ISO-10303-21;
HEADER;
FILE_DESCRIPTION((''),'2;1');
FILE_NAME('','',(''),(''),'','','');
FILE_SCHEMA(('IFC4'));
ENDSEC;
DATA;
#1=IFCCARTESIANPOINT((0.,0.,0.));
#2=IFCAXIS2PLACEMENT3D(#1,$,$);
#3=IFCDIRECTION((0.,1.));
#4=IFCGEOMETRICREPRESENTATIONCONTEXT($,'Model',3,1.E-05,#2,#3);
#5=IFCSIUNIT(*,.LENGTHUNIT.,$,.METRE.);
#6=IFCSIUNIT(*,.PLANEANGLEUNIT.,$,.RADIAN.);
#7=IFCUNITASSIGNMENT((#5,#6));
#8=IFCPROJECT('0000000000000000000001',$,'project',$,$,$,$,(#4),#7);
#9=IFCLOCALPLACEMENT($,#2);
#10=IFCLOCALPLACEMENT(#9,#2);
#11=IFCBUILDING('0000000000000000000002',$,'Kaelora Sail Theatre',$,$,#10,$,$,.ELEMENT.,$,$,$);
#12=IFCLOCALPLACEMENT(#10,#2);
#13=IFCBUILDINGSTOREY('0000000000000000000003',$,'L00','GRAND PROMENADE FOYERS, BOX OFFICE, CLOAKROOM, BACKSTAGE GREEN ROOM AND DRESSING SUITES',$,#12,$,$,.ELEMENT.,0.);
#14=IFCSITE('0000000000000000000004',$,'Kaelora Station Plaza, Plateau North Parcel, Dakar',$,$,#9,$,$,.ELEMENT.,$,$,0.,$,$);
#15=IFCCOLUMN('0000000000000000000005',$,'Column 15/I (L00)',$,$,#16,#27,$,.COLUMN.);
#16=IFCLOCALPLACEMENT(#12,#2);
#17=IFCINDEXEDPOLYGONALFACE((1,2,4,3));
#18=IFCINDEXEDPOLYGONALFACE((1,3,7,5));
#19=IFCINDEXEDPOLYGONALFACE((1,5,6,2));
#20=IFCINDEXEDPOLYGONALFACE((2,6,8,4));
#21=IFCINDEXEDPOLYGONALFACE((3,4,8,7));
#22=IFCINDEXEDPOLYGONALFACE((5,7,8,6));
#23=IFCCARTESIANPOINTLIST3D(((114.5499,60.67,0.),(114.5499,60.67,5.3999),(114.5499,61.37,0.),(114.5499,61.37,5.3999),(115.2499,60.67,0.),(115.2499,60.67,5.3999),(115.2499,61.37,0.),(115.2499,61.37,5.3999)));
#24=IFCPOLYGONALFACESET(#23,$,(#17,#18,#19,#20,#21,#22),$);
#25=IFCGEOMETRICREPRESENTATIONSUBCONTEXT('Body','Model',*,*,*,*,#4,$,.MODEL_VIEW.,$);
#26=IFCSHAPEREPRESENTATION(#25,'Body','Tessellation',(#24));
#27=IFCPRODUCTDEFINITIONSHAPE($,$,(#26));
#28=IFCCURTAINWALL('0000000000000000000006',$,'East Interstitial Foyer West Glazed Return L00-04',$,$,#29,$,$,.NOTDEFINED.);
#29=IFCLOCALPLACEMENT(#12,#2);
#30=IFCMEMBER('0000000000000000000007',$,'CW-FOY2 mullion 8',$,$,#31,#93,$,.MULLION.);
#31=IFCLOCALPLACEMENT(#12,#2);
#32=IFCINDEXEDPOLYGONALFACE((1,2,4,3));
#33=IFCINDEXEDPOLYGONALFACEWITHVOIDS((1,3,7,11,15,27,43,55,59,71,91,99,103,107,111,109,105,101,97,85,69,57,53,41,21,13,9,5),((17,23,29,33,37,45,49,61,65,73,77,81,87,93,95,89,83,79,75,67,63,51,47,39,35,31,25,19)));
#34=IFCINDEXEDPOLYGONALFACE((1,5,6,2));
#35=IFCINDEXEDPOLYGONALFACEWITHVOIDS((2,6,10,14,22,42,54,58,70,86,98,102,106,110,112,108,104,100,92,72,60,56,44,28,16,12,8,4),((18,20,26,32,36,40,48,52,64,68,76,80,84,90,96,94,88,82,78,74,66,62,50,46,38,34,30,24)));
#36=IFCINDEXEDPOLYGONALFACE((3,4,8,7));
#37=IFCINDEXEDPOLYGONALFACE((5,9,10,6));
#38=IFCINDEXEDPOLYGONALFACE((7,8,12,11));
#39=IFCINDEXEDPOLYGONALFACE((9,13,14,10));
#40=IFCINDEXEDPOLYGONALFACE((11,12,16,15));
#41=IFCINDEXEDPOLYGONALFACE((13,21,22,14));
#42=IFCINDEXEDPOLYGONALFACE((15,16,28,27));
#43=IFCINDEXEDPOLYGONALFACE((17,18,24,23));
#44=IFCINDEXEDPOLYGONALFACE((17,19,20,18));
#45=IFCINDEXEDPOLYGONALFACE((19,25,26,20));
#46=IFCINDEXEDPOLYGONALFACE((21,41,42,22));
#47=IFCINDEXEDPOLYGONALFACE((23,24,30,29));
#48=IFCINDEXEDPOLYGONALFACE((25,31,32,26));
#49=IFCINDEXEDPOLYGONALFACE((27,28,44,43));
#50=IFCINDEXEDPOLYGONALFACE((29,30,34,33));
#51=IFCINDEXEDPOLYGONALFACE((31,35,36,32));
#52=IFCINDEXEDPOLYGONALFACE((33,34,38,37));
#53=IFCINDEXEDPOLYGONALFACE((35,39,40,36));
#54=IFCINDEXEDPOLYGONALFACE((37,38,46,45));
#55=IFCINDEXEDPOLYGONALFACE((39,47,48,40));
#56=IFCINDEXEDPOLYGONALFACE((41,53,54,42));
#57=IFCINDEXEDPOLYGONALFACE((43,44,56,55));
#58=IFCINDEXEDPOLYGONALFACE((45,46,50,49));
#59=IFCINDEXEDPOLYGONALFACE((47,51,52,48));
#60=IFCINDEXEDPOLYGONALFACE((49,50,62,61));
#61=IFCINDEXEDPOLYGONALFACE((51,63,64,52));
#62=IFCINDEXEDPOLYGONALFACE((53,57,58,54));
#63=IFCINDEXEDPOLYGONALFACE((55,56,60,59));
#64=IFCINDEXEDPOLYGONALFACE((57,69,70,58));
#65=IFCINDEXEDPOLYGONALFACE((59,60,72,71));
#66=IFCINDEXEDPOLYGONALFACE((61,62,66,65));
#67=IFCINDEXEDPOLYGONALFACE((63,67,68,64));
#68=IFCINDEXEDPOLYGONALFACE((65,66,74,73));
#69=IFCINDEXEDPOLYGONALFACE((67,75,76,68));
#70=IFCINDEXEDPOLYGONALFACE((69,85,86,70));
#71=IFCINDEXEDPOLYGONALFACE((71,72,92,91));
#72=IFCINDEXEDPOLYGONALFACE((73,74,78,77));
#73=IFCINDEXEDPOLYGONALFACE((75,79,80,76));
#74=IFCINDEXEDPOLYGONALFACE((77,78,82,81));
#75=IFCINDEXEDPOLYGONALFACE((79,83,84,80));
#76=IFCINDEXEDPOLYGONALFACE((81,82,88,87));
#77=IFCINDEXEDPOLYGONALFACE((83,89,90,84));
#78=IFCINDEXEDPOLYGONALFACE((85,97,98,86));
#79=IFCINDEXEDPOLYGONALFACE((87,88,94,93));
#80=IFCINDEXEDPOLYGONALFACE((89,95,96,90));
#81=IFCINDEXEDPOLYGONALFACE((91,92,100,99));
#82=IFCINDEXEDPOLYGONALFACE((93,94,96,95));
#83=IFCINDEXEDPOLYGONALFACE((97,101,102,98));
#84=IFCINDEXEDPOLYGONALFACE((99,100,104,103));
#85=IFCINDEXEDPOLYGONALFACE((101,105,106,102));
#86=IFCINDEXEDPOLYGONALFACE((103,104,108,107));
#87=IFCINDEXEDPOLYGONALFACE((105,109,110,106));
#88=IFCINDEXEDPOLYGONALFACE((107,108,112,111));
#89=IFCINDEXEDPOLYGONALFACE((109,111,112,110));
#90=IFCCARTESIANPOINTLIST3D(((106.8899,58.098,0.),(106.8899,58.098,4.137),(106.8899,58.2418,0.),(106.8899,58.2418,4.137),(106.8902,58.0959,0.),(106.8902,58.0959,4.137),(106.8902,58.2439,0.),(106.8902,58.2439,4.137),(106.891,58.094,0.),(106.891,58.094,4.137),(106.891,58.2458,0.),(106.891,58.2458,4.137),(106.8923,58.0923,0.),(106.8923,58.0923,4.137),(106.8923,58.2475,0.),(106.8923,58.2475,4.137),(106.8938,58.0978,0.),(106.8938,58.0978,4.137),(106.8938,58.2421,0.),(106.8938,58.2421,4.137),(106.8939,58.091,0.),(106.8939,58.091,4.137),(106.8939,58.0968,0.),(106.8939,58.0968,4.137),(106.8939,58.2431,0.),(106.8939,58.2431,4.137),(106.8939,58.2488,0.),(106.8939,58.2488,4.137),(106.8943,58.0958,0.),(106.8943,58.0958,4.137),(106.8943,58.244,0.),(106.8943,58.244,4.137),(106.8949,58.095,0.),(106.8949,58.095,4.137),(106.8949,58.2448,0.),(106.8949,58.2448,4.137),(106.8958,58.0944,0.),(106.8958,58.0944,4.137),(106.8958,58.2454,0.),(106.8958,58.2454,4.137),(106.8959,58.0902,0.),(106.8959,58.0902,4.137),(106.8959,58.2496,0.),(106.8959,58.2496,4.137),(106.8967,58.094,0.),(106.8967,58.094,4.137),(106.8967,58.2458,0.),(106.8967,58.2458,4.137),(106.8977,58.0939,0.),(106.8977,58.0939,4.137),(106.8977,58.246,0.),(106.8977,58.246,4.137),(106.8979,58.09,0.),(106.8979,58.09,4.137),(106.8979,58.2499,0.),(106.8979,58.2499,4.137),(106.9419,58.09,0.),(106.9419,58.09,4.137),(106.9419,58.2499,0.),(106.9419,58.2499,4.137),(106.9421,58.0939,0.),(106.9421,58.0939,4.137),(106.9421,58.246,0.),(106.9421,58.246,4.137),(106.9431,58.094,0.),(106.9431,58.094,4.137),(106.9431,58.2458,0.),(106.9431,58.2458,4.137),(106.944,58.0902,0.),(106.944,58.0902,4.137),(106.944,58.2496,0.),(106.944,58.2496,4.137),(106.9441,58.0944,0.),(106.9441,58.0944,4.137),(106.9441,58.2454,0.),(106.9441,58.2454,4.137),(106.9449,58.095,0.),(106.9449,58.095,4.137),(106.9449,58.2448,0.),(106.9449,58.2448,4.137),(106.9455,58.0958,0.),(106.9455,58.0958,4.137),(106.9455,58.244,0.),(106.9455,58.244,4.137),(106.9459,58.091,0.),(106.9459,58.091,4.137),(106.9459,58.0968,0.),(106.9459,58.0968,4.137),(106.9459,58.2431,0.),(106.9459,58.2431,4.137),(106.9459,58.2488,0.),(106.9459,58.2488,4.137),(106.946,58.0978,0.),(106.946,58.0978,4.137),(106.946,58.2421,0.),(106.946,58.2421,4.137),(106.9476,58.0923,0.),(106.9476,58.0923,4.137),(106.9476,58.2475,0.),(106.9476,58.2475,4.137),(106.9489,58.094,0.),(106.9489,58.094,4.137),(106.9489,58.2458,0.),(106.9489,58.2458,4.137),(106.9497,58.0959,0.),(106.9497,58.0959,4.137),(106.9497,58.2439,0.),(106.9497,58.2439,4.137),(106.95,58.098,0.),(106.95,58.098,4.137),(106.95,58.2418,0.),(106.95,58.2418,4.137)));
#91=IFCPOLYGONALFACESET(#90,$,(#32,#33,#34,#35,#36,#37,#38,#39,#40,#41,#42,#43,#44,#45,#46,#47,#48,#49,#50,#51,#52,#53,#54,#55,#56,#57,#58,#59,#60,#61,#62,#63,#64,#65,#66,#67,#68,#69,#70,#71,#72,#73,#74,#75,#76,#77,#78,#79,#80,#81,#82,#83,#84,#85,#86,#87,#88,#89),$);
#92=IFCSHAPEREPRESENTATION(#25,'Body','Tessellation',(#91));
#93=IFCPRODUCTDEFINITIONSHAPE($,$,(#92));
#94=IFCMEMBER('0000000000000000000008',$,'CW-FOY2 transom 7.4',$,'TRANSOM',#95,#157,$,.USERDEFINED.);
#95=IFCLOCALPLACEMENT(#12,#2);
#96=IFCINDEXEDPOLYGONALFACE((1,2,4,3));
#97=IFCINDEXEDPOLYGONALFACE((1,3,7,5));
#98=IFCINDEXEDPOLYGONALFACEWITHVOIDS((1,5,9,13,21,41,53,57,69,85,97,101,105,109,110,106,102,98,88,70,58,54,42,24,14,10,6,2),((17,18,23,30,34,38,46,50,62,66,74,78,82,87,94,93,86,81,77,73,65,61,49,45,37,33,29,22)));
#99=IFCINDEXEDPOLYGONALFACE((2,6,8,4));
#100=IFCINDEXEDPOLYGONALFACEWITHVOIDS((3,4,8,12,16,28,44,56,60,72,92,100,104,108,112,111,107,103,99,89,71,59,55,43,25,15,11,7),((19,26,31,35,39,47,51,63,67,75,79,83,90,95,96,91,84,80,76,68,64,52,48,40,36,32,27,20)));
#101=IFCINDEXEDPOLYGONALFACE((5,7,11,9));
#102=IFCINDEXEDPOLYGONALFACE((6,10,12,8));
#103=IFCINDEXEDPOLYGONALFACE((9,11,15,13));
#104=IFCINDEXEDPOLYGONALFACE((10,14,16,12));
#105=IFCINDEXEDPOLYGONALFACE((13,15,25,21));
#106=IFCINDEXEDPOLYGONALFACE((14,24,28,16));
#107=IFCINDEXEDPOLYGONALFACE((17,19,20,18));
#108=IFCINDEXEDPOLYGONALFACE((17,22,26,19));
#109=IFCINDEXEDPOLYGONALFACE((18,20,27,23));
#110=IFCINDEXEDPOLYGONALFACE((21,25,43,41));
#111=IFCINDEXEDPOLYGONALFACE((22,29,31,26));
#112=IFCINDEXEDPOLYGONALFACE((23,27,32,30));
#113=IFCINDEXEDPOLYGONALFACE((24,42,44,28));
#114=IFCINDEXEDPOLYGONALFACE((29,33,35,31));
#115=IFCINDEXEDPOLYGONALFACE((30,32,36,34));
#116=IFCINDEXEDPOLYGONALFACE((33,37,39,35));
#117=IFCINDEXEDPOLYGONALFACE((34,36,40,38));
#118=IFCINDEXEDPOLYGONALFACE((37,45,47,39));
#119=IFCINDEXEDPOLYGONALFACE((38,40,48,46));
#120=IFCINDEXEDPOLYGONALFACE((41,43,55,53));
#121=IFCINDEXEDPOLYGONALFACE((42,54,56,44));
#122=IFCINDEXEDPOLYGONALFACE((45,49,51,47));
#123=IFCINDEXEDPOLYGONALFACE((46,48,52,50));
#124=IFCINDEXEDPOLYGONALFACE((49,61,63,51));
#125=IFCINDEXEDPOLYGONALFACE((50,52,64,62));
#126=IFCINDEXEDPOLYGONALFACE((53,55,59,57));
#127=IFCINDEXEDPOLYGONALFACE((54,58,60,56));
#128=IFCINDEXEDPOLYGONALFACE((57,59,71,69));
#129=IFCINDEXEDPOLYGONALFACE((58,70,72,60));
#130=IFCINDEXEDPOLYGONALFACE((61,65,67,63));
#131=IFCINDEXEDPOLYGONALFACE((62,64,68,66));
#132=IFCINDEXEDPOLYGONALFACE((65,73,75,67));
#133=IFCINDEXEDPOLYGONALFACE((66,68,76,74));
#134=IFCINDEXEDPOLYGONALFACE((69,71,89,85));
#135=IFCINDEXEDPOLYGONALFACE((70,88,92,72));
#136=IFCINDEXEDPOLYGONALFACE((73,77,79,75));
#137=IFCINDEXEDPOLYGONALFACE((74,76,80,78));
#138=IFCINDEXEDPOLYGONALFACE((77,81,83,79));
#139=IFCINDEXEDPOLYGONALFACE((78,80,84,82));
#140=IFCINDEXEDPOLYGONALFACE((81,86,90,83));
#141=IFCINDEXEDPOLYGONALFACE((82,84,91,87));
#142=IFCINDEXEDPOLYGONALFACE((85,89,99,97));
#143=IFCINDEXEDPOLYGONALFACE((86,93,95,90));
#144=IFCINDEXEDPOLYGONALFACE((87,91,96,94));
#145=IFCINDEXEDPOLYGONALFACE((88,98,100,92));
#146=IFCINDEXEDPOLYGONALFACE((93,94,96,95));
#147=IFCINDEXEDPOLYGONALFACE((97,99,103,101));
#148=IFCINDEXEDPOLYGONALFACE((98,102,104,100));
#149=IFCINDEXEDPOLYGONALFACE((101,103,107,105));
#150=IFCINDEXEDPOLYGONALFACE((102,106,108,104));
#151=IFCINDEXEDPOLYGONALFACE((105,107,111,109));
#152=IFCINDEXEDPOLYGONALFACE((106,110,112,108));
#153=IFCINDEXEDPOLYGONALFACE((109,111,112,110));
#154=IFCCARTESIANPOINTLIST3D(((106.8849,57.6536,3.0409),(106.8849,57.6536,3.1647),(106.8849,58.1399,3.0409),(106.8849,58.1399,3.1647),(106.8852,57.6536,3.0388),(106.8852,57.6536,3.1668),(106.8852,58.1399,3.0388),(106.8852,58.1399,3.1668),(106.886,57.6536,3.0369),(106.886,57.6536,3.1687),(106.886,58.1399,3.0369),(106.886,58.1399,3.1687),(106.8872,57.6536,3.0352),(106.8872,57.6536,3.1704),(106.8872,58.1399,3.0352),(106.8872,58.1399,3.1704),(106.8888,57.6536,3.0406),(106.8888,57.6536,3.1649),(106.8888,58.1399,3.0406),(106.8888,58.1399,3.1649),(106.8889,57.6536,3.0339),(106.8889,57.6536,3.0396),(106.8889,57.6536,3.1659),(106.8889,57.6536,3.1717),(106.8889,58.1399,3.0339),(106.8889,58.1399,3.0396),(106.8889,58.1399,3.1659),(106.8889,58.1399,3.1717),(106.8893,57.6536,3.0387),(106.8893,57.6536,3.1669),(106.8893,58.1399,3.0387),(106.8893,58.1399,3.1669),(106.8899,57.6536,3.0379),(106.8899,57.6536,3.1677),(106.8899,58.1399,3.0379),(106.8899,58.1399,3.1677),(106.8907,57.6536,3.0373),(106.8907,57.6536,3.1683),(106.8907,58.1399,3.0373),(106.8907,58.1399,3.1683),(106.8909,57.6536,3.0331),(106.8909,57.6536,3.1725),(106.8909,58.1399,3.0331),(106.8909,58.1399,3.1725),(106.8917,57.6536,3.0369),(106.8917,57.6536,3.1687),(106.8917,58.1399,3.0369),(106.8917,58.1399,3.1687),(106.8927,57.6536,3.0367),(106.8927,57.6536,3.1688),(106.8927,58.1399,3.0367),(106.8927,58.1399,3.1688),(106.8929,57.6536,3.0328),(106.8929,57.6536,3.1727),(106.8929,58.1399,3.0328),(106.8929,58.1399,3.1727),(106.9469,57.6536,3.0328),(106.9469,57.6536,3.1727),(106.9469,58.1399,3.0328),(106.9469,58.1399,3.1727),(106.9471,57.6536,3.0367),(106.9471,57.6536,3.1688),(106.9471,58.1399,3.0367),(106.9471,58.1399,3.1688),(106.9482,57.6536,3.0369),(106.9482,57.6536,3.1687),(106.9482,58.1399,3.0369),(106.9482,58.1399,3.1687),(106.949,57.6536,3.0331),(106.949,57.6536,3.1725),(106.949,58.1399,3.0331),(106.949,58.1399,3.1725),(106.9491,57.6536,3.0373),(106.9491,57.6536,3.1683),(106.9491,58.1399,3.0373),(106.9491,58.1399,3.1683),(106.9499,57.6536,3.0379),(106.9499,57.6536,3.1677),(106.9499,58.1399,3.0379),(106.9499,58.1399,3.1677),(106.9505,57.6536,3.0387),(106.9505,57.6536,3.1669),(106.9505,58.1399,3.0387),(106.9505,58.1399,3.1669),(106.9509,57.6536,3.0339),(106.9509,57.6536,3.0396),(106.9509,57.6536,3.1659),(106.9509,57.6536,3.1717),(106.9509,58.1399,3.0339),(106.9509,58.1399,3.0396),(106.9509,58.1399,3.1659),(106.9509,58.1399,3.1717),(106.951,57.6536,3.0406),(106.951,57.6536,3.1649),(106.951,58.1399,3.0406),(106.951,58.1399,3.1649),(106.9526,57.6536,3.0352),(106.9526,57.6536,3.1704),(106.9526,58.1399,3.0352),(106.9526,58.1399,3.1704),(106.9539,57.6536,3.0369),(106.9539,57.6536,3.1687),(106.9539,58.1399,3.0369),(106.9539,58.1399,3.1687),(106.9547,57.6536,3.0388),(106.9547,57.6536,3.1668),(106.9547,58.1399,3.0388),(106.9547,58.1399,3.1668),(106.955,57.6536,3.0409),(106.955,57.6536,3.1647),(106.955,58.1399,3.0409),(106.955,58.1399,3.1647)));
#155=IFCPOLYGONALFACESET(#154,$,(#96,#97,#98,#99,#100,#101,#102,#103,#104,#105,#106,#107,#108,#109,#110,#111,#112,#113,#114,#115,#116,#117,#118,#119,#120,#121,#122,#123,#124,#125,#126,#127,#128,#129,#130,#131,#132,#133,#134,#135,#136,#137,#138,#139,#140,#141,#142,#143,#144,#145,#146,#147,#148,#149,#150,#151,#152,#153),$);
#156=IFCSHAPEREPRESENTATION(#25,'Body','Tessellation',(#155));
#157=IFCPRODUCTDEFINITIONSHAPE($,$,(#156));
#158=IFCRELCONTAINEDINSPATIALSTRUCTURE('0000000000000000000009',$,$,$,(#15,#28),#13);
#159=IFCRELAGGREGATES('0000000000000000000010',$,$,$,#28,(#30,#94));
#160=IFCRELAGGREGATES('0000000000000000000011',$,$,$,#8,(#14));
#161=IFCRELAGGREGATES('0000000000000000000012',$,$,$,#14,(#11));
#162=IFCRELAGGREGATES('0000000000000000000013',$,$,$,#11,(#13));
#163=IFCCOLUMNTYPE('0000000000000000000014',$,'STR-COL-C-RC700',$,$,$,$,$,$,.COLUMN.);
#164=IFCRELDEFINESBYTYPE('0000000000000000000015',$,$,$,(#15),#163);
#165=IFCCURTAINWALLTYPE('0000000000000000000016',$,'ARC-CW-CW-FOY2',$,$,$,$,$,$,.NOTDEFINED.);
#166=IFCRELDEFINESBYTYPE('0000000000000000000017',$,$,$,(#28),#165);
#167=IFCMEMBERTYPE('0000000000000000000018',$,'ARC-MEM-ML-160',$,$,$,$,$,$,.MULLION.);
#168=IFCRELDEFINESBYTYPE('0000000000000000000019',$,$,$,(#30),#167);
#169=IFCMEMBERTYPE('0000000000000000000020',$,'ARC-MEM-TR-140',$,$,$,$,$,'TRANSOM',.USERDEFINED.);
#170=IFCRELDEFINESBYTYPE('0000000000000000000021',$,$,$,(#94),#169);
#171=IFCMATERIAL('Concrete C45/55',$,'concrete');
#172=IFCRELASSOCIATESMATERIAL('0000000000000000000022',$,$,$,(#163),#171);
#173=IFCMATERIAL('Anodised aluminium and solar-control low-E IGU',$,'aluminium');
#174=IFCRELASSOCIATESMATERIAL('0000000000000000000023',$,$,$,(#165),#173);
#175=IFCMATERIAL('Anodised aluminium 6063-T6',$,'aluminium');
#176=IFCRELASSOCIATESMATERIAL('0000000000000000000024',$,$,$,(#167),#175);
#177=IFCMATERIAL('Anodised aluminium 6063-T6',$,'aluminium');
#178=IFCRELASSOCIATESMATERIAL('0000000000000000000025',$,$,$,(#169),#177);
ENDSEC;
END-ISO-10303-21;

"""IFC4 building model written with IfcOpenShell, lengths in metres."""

from ifc_helpers import new_model, si_unit, direction, frame, origin, origin_2d, place, context, subcontext, project, spatial, rectangle, hollow_rectangle, extrude, material, material_profile, profile_set, type_object, element, aggregate, save


model = new_model("IFC4")

# Units and contexts
model_context = context("Model", 3, precision=1e-05, world=origin(), true_north=direction((0.0, 1.0)))
body_context = subcontext(model_context, "Body", "Model", "MODEL_VIEW")
ifc_project = project(units=[si_unit("LENGTHUNIT", "METRE"), si_unit("PLANEANGLEUNIT", "RADIAN")], contexts=[model_context])

# Site, building, storey
site_placement = place(None, origin())
site = spatial("IfcSite", under=ifc_project, at=site_placement, Name="Kaelora Station Plaza, Plateau North Parcel, Dakar", CompositionType="ELEMENT", RefElevation=0.0)
building_placement = place(site_placement, origin())
building = spatial("IfcBuilding", under=site, at=building_placement, Name="Kaelora Sail Theatre", CompositionType="ELEMENT")
storey_placement = place(building_placement, origin())
storey = spatial("IfcBuildingStorey", under=building, at=storey_placement, Name="L00", Description="GRAND PROMENADE FOYERS, BOX OFFICE, CLOAKROOM, BACKSTAGE GREEN ROOM AND DRESSING SUITES", CompositionType="ELEMENT", Elevation=0.0)

# Column
ifc_material_1 = material(Name="Concrete C45/55", Category="concrete")
ifc_material_profile_1 = material_profile(ifc_material_1, rectangle(XDim=0.7, YDim=0.7, at=origin_2d()), Name="RC-COL 700x700")
ifc_profile_set_1 = profile_set([ifc_material_profile_1], Name="Concrete C45/55")
column_type = type_object("IfcColumnType", Name="STR-COL-C-RC700", PredefinedType="COLUMN", material=ifc_profile_set_1)
column_placement = place(storey_placement, frame((114.8999, 61.02, 0.0), z_axis=(0.0, 0.0, 1.0), x_axis=(1.0, 0.0, 0.0)))
element("IfcColumn", 1, at=column_placement, inside=storey, type_object=column_type, Name="Column 15/I (L00)", PredefinedType="COLUMN", context=body_context, shape_type="SweptSolid", body=[
    extrude(rectangle(XDim=0.7, YDim=0.7, at=origin_2d()), origin(), (0.0, 0.0, 1.0), 5.3999),
])

# Curtain wall, members
ifc_material_2 = material(Name="Anodised aluminium and solar-control low-E IGU", Category="aluminium")
curtain_wall_type = type_object("IfcCurtainWallType", Name="ARC-CW-CW-FOY2", PredefinedType="NOTDEFINED", material=ifc_material_2)
curtain_wall_placement = place(storey_placement, origin())
curtain_wall = element("IfcCurtainWall", 2, at=curtain_wall_placement, inside=storey, type_object=curtain_wall_type, Name="East Interstitial Foyer West Glazed Return L00-04", PredefinedType="NOTDEFINED")
ifc_material_3 = material(Name="Anodised aluminium 6063-T6", Category="aluminium")
ifc_material_profile_2 = material_profile(ifc_material_3, hollow_rectangle(XDim=0.0601, YDim=0.1599, WallThickness=0.0039, InnerFilletRadius=0.0039, OuterFilletRadius=0.0081, at=origin_2d()), Name="ALU-MULL 60x160x4")
ifc_profile_set_2 = profile_set([ifc_material_profile_2], Name="Anodised aluminium 6063-T6")
member_type_1 = type_object("IfcMemberType", Name="ARC-MEM-ML-160", PredefinedType="MULLION", material=ifc_profile_set_2)
member_1_placement = place(storey_placement, frame((106.9199, 58.1699, 0.0), z_axis=(0.0, 0.0, 1.0), x_axis=(-1.0, 0.0, 0.0)))
member_1 = element("IfcMember", 3, at=member_1_placement, type_object=member_type_1, Name="CW-FOY2 mullion 8", PredefinedType="MULLION", context=body_context, shape_type="SweptSolid", body=[
    extrude(hollow_rectangle(XDim=0.0601, YDim=0.1599, WallThickness=0.0039, InnerFilletRadius=0.0039, OuterFilletRadius=0.0081, at=origin_2d()), origin(), (0.0, 0.0, 1.0), 4.137),
])
ifc_material_4 = material(Name="Anodised aluminium 6063-T6", Category="aluminium")
ifc_material_profile_3 = material_profile(ifc_material_4, hollow_rectangle(XDim=0.0701, YDim=0.1399, WallThickness=0.0039, InnerFilletRadius=0.0039, OuterFilletRadius=0.0081, at=origin_2d()), Name="ALU-TRAN 70x140x4")
ifc_profile_set_3 = profile_set([ifc_material_profile_3], Name="Anodised aluminium 6063-T6")
member_type_2 = type_object("IfcMemberType", Name="ARC-MEM-TR-140", ElementType="TRANSOM", PredefinedType="USERDEFINED", material=ifc_profile_set_3)
member_2_placement = place(storey_placement, frame((106.9199, 57.6536, 3.1028), z_axis=(0.0, 1.0, 0.0), x_axis=(-1.0, 0.0, 0.0)))
member_2 = element("IfcMember", 4, at=member_2_placement, type_object=member_type_2, Name="CW-FOY2 transom 7.4", ObjectType="TRANSOM", PredefinedType="USERDEFINED", context=body_context, shape_type="SweptSolid", body=[
    extrude(hollow_rectangle(XDim=0.0701, YDim=0.1399, WallThickness=0.0039, InnerFilletRadius=0.0039, OuterFilletRadius=0.0081, at=origin_2d()), origin(), (0.0, 0.0, 1.0), 0.4863),
])

aggregate(curtain_wall, [member_1, member_2])

save(model, "model.ifc")
